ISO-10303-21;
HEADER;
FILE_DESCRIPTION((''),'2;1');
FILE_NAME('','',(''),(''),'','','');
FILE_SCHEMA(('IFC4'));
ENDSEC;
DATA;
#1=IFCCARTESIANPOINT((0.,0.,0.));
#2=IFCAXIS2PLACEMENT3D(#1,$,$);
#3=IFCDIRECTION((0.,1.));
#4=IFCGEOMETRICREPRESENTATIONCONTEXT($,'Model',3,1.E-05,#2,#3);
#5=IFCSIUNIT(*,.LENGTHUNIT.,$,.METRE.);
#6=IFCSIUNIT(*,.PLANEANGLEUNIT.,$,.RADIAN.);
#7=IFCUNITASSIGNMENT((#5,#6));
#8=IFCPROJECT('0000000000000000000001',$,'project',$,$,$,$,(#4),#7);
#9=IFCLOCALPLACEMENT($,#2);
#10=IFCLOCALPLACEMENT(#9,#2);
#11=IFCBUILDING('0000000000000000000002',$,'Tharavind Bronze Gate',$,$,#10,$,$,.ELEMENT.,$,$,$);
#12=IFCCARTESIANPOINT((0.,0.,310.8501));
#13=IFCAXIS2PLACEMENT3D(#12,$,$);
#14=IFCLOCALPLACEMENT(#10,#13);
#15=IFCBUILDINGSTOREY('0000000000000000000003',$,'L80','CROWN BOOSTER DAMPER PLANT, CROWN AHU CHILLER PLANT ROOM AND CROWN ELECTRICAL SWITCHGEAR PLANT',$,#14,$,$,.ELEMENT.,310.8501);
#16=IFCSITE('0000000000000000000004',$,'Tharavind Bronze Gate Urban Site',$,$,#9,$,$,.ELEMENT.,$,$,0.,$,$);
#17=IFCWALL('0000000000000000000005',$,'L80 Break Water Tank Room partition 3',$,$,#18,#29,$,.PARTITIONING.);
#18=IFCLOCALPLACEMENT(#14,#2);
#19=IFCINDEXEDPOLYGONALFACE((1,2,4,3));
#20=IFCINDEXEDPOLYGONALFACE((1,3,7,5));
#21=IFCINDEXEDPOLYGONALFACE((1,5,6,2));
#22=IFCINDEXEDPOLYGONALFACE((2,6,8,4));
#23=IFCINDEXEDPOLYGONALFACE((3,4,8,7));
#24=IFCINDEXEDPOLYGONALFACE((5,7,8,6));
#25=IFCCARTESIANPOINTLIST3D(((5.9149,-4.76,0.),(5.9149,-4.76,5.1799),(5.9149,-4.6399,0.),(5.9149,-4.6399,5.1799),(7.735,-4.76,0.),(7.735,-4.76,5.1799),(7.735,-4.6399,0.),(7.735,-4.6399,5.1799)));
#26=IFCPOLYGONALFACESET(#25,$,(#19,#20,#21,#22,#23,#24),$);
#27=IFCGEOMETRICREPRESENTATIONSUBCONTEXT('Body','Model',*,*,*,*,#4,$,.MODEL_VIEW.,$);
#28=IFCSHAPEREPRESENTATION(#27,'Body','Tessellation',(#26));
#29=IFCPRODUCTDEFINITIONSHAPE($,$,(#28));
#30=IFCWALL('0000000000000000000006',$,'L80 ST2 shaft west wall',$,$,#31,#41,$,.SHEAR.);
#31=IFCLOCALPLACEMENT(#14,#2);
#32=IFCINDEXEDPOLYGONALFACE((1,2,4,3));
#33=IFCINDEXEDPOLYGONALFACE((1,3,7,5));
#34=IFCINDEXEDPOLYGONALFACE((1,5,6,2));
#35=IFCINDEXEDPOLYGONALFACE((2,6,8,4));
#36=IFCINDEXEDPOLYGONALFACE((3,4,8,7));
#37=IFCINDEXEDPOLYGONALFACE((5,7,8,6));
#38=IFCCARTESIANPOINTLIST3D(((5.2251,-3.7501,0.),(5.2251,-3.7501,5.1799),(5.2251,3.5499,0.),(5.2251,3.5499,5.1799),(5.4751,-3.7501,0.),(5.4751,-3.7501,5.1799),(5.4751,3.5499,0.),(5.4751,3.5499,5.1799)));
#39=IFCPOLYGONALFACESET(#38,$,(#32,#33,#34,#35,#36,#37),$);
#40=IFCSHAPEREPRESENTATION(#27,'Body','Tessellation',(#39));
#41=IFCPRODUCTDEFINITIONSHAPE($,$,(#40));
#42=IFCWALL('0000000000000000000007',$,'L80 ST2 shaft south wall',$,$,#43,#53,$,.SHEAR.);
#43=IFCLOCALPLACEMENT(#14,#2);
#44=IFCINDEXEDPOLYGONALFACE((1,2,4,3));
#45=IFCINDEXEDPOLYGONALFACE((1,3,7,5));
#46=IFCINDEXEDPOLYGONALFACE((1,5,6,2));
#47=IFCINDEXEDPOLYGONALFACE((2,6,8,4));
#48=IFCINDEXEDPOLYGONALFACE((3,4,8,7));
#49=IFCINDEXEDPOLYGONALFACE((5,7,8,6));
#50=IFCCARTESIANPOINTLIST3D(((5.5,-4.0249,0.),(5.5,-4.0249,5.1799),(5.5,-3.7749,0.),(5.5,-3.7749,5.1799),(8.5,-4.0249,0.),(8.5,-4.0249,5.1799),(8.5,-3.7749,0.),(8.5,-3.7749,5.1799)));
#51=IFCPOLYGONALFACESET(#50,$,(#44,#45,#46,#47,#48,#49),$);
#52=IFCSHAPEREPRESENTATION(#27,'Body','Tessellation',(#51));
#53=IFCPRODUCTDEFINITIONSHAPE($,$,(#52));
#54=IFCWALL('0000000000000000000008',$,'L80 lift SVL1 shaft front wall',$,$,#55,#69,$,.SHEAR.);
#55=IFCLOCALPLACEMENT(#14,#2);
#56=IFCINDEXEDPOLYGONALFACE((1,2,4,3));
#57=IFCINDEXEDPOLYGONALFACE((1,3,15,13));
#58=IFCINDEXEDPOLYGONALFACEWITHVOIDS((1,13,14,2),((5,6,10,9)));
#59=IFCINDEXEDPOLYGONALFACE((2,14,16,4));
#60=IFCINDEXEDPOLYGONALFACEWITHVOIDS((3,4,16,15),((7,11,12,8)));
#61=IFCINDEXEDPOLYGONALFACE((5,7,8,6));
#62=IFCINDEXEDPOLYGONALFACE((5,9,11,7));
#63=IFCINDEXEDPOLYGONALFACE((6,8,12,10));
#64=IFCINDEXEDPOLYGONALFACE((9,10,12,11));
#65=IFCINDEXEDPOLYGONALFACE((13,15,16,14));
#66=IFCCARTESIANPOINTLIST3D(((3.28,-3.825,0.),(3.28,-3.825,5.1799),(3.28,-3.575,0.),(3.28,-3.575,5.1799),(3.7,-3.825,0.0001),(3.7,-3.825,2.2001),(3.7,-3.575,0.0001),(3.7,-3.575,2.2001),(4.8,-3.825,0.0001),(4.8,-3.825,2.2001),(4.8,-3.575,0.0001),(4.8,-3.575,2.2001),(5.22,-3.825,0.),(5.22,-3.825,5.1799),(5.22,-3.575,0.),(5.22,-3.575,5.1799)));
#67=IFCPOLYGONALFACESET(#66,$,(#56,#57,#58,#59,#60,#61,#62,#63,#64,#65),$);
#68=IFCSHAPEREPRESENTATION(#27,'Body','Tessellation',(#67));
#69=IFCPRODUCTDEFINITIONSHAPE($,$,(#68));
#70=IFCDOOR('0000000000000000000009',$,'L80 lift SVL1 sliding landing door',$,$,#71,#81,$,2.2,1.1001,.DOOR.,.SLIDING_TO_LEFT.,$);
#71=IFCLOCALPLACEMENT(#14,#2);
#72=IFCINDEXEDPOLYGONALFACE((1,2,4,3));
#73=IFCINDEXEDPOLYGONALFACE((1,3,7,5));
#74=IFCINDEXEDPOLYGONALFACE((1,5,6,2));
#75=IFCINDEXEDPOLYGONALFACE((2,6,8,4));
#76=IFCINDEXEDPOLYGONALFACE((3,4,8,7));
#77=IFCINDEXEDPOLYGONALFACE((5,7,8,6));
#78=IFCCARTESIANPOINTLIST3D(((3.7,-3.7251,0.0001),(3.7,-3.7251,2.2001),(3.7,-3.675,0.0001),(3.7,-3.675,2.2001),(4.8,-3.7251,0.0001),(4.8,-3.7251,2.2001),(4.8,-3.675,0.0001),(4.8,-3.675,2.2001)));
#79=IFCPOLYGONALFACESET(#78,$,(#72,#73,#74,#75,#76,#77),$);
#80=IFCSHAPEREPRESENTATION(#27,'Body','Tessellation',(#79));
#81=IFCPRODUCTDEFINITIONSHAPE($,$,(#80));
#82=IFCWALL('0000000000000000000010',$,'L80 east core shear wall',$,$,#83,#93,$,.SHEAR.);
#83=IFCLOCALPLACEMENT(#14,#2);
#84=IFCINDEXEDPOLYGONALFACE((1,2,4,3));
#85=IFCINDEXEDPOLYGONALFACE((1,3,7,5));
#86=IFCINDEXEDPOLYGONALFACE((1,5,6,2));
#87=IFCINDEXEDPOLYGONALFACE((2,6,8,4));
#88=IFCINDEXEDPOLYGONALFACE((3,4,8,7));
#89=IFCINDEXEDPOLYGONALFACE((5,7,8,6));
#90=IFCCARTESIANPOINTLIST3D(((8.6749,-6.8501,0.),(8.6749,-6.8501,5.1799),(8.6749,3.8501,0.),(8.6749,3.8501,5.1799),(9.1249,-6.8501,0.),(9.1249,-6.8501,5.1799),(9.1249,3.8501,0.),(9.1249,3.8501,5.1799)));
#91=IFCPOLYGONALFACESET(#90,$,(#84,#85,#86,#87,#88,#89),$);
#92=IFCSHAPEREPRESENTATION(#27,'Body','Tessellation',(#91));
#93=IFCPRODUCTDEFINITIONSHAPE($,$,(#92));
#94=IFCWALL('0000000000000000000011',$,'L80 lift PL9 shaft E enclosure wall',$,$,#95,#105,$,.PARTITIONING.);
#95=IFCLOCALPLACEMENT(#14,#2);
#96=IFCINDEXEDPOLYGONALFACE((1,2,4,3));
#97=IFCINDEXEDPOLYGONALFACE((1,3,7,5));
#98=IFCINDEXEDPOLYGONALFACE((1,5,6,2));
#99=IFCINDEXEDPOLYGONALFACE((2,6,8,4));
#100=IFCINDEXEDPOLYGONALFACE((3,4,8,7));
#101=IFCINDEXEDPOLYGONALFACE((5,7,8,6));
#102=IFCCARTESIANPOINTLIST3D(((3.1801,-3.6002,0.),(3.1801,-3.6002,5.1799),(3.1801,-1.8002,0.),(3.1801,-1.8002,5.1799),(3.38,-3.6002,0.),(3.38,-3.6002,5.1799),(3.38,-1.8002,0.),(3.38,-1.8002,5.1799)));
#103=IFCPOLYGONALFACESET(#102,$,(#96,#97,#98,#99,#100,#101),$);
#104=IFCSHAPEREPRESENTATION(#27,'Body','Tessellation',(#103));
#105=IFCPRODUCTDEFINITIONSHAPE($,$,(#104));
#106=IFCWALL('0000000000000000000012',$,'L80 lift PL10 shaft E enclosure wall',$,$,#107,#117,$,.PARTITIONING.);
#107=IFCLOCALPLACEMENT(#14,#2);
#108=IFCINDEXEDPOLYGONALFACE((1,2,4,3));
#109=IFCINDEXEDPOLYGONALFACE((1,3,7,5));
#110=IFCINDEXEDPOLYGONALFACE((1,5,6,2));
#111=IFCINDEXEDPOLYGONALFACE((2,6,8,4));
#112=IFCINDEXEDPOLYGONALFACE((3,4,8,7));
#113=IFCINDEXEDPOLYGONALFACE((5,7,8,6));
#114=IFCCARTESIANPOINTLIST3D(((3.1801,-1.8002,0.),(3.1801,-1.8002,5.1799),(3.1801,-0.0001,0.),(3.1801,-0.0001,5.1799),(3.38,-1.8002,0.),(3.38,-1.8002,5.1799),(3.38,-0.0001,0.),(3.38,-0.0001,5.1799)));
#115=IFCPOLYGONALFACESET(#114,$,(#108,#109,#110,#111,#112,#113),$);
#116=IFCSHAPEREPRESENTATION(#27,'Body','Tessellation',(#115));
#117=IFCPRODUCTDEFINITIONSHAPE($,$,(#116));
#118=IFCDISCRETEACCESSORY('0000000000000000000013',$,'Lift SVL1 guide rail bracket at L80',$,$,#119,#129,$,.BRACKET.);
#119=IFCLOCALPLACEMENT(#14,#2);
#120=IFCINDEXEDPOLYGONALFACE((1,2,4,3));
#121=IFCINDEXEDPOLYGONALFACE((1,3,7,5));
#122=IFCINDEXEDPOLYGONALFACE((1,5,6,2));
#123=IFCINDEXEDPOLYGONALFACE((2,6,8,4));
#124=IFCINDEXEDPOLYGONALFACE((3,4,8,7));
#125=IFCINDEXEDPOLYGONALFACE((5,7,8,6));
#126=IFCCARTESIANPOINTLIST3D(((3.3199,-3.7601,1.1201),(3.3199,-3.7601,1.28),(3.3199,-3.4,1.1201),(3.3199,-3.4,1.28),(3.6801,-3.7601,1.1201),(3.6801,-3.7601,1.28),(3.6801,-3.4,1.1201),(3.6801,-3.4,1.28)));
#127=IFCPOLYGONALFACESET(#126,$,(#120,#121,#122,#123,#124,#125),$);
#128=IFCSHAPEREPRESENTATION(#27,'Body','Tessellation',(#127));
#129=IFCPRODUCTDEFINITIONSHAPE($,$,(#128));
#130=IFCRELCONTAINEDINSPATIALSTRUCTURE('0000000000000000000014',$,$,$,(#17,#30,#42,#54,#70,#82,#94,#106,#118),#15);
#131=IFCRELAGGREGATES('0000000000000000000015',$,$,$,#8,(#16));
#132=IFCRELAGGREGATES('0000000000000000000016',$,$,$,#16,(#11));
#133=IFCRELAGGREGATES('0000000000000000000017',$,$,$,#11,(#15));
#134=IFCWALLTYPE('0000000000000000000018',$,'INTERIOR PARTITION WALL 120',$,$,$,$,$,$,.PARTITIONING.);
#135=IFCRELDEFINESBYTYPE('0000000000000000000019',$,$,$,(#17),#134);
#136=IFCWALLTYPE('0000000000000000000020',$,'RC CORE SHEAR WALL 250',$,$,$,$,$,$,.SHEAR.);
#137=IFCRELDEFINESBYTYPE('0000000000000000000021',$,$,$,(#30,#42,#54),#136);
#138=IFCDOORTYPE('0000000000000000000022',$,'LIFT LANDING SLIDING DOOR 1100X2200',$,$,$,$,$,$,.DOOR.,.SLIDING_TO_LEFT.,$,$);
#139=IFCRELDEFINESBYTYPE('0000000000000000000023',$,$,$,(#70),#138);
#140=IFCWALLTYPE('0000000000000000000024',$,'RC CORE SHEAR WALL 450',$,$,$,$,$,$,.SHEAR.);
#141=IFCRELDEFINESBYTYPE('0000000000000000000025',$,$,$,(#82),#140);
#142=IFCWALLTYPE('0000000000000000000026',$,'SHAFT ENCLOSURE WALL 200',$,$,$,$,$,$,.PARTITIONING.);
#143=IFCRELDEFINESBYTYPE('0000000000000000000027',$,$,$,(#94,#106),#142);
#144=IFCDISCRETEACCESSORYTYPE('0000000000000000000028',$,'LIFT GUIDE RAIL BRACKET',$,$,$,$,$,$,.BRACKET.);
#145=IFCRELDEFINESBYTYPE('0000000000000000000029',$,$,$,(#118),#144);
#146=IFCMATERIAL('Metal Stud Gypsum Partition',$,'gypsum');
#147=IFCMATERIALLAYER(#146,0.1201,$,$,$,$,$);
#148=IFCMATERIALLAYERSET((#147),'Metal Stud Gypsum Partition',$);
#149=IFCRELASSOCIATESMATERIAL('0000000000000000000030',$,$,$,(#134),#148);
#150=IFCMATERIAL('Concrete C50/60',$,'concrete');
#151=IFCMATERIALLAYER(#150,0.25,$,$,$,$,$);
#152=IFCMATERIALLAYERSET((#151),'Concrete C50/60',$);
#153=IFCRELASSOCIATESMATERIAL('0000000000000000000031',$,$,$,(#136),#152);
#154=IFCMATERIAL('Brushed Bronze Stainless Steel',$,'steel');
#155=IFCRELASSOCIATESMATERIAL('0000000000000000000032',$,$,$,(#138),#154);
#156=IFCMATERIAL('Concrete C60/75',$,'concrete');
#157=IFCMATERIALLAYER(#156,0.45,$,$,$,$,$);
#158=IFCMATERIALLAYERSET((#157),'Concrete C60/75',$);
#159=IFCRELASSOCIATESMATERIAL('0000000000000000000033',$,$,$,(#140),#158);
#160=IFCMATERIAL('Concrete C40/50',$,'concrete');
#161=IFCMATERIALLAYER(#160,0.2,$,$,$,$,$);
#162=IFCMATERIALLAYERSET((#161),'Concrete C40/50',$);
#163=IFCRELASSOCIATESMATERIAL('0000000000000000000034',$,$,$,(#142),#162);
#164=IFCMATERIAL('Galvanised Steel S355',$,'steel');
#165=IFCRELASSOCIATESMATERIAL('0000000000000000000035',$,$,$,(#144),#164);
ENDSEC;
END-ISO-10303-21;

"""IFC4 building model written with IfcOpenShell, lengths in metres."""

from ifc_helpers import new_model, si_unit, direction, frame, frame_2d, origin, origin_2d, place, context, subcontext, project, spatial, rectangle, extrude, material, layer, layer_set, type_object, element, fill, save


model = new_model("IFC4")

# Units and contexts
model_context = context("Model", 3, precision=1e-05, world=origin(), true_north=direction((0.0, 1.0)))
body_context = subcontext(model_context, "Body", "Model", "MODEL_VIEW")
ifc_project = project(units=[si_unit("LENGTHUNIT", "METRE"), si_unit("PLANEANGLEUNIT", "RADIAN")], contexts=[model_context])

# Site, building, storey
site_placement = place(None, origin())
site = spatial("IfcSite", under=ifc_project, at=site_placement, Name="Tharavind Bronze Gate Urban Site", CompositionType="ELEMENT", RefElevation=0.0)
building_placement = place(site_placement, origin())
building = spatial("IfcBuilding", under=site, at=building_placement, Name="Tharavind Bronze Gate", CompositionType="ELEMENT")
storey_placement = place(building_placement, frame((0.0, 0.0, 310.8501)))
storey = spatial("IfcBuildingStorey", under=building, at=storey_placement, Name="L80", Description="CROWN BOOSTER DAMPER PLANT, CROWN AHU CHILLER PLANT ROOM AND CROWN ELECTRICAL SWITCHGEAR PLANT", CompositionType="ELEMENT", Elevation=310.8501)

# Shared definitions
ifc_material_1 = material(Name="Concrete C50/60", Category="concrete")

# Walls
ifc_material_2 = material(Name="Metal Stud Gypsum Partition", Category="gypsum")
ifc_layer_1 = layer(ifc_material_2, 0.1201)
ifc_layer_set_1 = layer_set([ifc_layer_1], Name="Metal Stud Gypsum Partition")
wall_type_1 = type_object("IfcWallType", Name="INTERIOR PARTITION WALL 120", PredefinedType="PARTITIONING", material=ifc_layer_set_1)
wall_1_placement = place(storey_placement, frame((7.7351, -4.7, 0.0), z_axis=(0.0, 0.0, 1.0), x_axis=(-1.0, 0.0, 0.0)))
element("IfcWall", 1, at=wall_1_placement, inside=storey, type_object=wall_type_1, Name="L80 Break Water Tank Room partition 3", PredefinedType="PARTITIONING", context=body_context, shape_type="SweptSolid", body=[
    extrude(rectangle(XDim=1.8201, YDim=0.1201, at=frame_2d((0.9102, 0.0))), origin(), (0.0, 0.0, 1.0), 5.1799),
])
ifc_layer_2 = layer(ifc_material_1, 0.25)
ifc_layer_set_2 = layer_set([ifc_layer_2], Name="Concrete C50/60")
wall_type_2 = type_object("IfcWallType", Name="RC CORE SHEAR WALL 250", PredefinedType="SHEAR", material=ifc_layer_set_2)
wall_2_placement = place(storey_placement, frame((5.3501, -3.75, 0.0), z_axis=(0.0, 0.0, 1.0), x_axis=(0.0, 1.0, 0.0)))
element("IfcWall", 2, at=wall_2_placement, inside=storey, type_object=wall_type_2, Name="L80 ST2 shaft west wall", PredefinedType="SHEAR", context=body_context, shape_type="SweptSolid", body=[
    extrude(rectangle(XDim=7.3, YDim=0.25, at=frame_2d((3.6499, 0.0))), origin(), (0.0, 0.0, 1.0), 5.1799),
])
wall_3_placement = place(storey_placement, frame((5.5, -3.8999, 0.0), z_axis=(0.0, 0.0, 1.0), x_axis=(1.0, 0.0, 0.0)))
element("IfcWall", 3, at=wall_3_placement, inside=storey, type_object=wall_type_2, Name="L80 ST2 shaft south wall", PredefinedType="SHEAR", context=body_context, shape_type="SweptSolid", body=[
    extrude(rectangle(XDim=3.0, YDim=0.25, at=frame_2d((1.5, 0.0))), origin(), (0.0, 0.0, 1.0), 5.1799),
])

# Wall, opening, door
wall_4_placement = place(storey_placement, frame((3.28, -3.7, 0.0), z_axis=(0.0, 0.0, 1.0), x_axis=(1.0, 0.0, 0.0)))
wall_4 = element("IfcWall", 4, at=wall_4_placement, inside=storey, type_object=wall_type_2, Name="L80 lift SVL1 shaft front wall", PredefinedType="SHEAR", context=body_context, shape_type="SweptSolid", body=[
    extrude(rectangle(XDim=1.9399, YDim=0.25, at=frame_2d((0.97, 0.0))), origin(), (0.0, 0.0, 1.0), 5.1799),
])
opening_placement = place(wall_4_placement, frame((0.4199, 0.0, 0.0)))
opening = element("IfcOpeningElement", 5, at=opening_placement, cuts=wall_4, PredefinedType="OPENING", context=body_context, shape_type="SweptSolid", body=[
    extrude(rectangle(XDim=1.1001, YDim=2.2, at=frame_2d((0.55, 1.1001))), frame((0.0, 0.135, 0.0), z_axis=(0.0, -1.0, 0.0), x_axis=(1.0, 0.0, 0.0)), (0.0, 0.0, 1.0), 0.27),
])
ifc_material_3 = material(Name="Brushed Bronze Stainless Steel", Category="steel")
door_type = type_object("IfcDoorType", Name="LIFT LANDING SLIDING DOOR 1100X2200", OperationType="SLIDING_TO_LEFT", PredefinedType="DOOR", material=ifc_material_3)
door_placement = place(opening_placement, origin())
door = element("IfcDoor", 6, at=door_placement, inside=storey, type_object=door_type, Name="L80 lift SVL1 sliding landing door", OperationType="SLIDING_TO_LEFT", OverallHeight=2.2, OverallWidth=1.1001, PredefinedType="DOOR", context=body_context, shape_type="SweptSolid", body=[
    extrude(rectangle(XDim=1.1001, YDim=2.2, at=frame_2d((0.55, 1.1001))), frame((0.0, 0.0249, 0.0), z_axis=(0.0, -1.0, 0.0), x_axis=(1.0, 0.0, 0.0)), (0.0, 0.0, 1.0), 0.05),
])
fill(opening, door)

# Walls
ifc_material_4 = material(Name="Concrete C60/75", Category="concrete")
ifc_layer_3 = layer(ifc_material_4, 0.45)
ifc_layer_set_3 = layer_set([ifc_layer_3], Name="Concrete C60/75")
wall_type_3 = type_object("IfcWallType", Name="RC CORE SHEAR WALL 450", PredefinedType="SHEAR", material=ifc_layer_set_3)
wall_5_placement = place(storey_placement, frame((8.8999, -6.8501, 0.0), z_axis=(0.0, 0.0, 1.0), x_axis=(0.0, 1.0, 0.0)))
element("IfcWall", 7, at=wall_5_placement, inside=storey, type_object=wall_type_3, Name="L80 east core shear wall", PredefinedType="SHEAR", context=body_context, shape_type="SweptSolid", body=[
    extrude(rectangle(XDim=10.7002, YDim=0.45, at=frame_2d((5.3501, 0.0))), origin(), (0.0, 0.0, 1.0), 5.1799),
])
ifc_material_5 = material(Name="Concrete C40/50", Category="concrete")
ifc_layer_4 = layer(ifc_material_5, 0.2)
ifc_layer_set_4 = layer_set([ifc_layer_4], Name="Concrete C40/50")
wall_type_4 = type_object("IfcWallType", Name="SHAFT ENCLOSURE WALL 200", PredefinedType="PARTITIONING", material=ifc_layer_set_4)
for number, where, z_axis, x_axis, name in (
    (8, (3.28, -3.6001, 0.0), (0.0, 0.0, 1.0), (0.0, 1.0, 0.0), "L80 lift PL9 shaft E enclosure wall"),
    (9, (3.28, -1.8, 0.0), (0.0, 0.0, 1.0), (0.0, 1.0, 0.0), "L80 lift PL10 shaft E enclosure wall"),
):
    element("IfcWall", number, at=place(storey_placement, frame(where, z_axis=z_axis, x_axis=x_axis)), inside=storey, type_object=wall_type_4, Name=name, PredefinedType="PARTITIONING", context=body_context, shape_type="SweptSolid", body=[
        extrude(rectangle(XDim=1.8, YDim=0.2, at=frame_2d((0.8999, 0.0))), origin(), (0.0, 0.0, 1.0), 5.1799),
    ])

# Discrete accessory
ifc_material_6 = material(Name="Galvanised Steel S355", Category="steel")
discrete_accessory_type = type_object("IfcDiscreteAccessoryType", Name="LIFT GUIDE RAIL BRACKET", PredefinedType="BRACKET", material=ifc_material_6)
discrete_accessory_placement = place(storey_placement, frame((3.5, -3.5801, 1.1201), z_axis=(0.0, 0.0, 1.0), x_axis=(1.0, 0.0, 0.0)))
element("IfcDiscreteAccessory", 10, at=discrete_accessory_placement, inside=storey, type_object=discrete_accessory_type, Name="Lift SVL1 guide rail bracket at L80", PredefinedType="BRACKET", context=body_context, shape_type="SweptSolid", body=[
    extrude(rectangle(XDim=0.3601, YDim=0.3601, at=origin_2d()), origin(), (0.0, 0.0, 1.0), 0.1599),
])

save(model, "model.ifc")
